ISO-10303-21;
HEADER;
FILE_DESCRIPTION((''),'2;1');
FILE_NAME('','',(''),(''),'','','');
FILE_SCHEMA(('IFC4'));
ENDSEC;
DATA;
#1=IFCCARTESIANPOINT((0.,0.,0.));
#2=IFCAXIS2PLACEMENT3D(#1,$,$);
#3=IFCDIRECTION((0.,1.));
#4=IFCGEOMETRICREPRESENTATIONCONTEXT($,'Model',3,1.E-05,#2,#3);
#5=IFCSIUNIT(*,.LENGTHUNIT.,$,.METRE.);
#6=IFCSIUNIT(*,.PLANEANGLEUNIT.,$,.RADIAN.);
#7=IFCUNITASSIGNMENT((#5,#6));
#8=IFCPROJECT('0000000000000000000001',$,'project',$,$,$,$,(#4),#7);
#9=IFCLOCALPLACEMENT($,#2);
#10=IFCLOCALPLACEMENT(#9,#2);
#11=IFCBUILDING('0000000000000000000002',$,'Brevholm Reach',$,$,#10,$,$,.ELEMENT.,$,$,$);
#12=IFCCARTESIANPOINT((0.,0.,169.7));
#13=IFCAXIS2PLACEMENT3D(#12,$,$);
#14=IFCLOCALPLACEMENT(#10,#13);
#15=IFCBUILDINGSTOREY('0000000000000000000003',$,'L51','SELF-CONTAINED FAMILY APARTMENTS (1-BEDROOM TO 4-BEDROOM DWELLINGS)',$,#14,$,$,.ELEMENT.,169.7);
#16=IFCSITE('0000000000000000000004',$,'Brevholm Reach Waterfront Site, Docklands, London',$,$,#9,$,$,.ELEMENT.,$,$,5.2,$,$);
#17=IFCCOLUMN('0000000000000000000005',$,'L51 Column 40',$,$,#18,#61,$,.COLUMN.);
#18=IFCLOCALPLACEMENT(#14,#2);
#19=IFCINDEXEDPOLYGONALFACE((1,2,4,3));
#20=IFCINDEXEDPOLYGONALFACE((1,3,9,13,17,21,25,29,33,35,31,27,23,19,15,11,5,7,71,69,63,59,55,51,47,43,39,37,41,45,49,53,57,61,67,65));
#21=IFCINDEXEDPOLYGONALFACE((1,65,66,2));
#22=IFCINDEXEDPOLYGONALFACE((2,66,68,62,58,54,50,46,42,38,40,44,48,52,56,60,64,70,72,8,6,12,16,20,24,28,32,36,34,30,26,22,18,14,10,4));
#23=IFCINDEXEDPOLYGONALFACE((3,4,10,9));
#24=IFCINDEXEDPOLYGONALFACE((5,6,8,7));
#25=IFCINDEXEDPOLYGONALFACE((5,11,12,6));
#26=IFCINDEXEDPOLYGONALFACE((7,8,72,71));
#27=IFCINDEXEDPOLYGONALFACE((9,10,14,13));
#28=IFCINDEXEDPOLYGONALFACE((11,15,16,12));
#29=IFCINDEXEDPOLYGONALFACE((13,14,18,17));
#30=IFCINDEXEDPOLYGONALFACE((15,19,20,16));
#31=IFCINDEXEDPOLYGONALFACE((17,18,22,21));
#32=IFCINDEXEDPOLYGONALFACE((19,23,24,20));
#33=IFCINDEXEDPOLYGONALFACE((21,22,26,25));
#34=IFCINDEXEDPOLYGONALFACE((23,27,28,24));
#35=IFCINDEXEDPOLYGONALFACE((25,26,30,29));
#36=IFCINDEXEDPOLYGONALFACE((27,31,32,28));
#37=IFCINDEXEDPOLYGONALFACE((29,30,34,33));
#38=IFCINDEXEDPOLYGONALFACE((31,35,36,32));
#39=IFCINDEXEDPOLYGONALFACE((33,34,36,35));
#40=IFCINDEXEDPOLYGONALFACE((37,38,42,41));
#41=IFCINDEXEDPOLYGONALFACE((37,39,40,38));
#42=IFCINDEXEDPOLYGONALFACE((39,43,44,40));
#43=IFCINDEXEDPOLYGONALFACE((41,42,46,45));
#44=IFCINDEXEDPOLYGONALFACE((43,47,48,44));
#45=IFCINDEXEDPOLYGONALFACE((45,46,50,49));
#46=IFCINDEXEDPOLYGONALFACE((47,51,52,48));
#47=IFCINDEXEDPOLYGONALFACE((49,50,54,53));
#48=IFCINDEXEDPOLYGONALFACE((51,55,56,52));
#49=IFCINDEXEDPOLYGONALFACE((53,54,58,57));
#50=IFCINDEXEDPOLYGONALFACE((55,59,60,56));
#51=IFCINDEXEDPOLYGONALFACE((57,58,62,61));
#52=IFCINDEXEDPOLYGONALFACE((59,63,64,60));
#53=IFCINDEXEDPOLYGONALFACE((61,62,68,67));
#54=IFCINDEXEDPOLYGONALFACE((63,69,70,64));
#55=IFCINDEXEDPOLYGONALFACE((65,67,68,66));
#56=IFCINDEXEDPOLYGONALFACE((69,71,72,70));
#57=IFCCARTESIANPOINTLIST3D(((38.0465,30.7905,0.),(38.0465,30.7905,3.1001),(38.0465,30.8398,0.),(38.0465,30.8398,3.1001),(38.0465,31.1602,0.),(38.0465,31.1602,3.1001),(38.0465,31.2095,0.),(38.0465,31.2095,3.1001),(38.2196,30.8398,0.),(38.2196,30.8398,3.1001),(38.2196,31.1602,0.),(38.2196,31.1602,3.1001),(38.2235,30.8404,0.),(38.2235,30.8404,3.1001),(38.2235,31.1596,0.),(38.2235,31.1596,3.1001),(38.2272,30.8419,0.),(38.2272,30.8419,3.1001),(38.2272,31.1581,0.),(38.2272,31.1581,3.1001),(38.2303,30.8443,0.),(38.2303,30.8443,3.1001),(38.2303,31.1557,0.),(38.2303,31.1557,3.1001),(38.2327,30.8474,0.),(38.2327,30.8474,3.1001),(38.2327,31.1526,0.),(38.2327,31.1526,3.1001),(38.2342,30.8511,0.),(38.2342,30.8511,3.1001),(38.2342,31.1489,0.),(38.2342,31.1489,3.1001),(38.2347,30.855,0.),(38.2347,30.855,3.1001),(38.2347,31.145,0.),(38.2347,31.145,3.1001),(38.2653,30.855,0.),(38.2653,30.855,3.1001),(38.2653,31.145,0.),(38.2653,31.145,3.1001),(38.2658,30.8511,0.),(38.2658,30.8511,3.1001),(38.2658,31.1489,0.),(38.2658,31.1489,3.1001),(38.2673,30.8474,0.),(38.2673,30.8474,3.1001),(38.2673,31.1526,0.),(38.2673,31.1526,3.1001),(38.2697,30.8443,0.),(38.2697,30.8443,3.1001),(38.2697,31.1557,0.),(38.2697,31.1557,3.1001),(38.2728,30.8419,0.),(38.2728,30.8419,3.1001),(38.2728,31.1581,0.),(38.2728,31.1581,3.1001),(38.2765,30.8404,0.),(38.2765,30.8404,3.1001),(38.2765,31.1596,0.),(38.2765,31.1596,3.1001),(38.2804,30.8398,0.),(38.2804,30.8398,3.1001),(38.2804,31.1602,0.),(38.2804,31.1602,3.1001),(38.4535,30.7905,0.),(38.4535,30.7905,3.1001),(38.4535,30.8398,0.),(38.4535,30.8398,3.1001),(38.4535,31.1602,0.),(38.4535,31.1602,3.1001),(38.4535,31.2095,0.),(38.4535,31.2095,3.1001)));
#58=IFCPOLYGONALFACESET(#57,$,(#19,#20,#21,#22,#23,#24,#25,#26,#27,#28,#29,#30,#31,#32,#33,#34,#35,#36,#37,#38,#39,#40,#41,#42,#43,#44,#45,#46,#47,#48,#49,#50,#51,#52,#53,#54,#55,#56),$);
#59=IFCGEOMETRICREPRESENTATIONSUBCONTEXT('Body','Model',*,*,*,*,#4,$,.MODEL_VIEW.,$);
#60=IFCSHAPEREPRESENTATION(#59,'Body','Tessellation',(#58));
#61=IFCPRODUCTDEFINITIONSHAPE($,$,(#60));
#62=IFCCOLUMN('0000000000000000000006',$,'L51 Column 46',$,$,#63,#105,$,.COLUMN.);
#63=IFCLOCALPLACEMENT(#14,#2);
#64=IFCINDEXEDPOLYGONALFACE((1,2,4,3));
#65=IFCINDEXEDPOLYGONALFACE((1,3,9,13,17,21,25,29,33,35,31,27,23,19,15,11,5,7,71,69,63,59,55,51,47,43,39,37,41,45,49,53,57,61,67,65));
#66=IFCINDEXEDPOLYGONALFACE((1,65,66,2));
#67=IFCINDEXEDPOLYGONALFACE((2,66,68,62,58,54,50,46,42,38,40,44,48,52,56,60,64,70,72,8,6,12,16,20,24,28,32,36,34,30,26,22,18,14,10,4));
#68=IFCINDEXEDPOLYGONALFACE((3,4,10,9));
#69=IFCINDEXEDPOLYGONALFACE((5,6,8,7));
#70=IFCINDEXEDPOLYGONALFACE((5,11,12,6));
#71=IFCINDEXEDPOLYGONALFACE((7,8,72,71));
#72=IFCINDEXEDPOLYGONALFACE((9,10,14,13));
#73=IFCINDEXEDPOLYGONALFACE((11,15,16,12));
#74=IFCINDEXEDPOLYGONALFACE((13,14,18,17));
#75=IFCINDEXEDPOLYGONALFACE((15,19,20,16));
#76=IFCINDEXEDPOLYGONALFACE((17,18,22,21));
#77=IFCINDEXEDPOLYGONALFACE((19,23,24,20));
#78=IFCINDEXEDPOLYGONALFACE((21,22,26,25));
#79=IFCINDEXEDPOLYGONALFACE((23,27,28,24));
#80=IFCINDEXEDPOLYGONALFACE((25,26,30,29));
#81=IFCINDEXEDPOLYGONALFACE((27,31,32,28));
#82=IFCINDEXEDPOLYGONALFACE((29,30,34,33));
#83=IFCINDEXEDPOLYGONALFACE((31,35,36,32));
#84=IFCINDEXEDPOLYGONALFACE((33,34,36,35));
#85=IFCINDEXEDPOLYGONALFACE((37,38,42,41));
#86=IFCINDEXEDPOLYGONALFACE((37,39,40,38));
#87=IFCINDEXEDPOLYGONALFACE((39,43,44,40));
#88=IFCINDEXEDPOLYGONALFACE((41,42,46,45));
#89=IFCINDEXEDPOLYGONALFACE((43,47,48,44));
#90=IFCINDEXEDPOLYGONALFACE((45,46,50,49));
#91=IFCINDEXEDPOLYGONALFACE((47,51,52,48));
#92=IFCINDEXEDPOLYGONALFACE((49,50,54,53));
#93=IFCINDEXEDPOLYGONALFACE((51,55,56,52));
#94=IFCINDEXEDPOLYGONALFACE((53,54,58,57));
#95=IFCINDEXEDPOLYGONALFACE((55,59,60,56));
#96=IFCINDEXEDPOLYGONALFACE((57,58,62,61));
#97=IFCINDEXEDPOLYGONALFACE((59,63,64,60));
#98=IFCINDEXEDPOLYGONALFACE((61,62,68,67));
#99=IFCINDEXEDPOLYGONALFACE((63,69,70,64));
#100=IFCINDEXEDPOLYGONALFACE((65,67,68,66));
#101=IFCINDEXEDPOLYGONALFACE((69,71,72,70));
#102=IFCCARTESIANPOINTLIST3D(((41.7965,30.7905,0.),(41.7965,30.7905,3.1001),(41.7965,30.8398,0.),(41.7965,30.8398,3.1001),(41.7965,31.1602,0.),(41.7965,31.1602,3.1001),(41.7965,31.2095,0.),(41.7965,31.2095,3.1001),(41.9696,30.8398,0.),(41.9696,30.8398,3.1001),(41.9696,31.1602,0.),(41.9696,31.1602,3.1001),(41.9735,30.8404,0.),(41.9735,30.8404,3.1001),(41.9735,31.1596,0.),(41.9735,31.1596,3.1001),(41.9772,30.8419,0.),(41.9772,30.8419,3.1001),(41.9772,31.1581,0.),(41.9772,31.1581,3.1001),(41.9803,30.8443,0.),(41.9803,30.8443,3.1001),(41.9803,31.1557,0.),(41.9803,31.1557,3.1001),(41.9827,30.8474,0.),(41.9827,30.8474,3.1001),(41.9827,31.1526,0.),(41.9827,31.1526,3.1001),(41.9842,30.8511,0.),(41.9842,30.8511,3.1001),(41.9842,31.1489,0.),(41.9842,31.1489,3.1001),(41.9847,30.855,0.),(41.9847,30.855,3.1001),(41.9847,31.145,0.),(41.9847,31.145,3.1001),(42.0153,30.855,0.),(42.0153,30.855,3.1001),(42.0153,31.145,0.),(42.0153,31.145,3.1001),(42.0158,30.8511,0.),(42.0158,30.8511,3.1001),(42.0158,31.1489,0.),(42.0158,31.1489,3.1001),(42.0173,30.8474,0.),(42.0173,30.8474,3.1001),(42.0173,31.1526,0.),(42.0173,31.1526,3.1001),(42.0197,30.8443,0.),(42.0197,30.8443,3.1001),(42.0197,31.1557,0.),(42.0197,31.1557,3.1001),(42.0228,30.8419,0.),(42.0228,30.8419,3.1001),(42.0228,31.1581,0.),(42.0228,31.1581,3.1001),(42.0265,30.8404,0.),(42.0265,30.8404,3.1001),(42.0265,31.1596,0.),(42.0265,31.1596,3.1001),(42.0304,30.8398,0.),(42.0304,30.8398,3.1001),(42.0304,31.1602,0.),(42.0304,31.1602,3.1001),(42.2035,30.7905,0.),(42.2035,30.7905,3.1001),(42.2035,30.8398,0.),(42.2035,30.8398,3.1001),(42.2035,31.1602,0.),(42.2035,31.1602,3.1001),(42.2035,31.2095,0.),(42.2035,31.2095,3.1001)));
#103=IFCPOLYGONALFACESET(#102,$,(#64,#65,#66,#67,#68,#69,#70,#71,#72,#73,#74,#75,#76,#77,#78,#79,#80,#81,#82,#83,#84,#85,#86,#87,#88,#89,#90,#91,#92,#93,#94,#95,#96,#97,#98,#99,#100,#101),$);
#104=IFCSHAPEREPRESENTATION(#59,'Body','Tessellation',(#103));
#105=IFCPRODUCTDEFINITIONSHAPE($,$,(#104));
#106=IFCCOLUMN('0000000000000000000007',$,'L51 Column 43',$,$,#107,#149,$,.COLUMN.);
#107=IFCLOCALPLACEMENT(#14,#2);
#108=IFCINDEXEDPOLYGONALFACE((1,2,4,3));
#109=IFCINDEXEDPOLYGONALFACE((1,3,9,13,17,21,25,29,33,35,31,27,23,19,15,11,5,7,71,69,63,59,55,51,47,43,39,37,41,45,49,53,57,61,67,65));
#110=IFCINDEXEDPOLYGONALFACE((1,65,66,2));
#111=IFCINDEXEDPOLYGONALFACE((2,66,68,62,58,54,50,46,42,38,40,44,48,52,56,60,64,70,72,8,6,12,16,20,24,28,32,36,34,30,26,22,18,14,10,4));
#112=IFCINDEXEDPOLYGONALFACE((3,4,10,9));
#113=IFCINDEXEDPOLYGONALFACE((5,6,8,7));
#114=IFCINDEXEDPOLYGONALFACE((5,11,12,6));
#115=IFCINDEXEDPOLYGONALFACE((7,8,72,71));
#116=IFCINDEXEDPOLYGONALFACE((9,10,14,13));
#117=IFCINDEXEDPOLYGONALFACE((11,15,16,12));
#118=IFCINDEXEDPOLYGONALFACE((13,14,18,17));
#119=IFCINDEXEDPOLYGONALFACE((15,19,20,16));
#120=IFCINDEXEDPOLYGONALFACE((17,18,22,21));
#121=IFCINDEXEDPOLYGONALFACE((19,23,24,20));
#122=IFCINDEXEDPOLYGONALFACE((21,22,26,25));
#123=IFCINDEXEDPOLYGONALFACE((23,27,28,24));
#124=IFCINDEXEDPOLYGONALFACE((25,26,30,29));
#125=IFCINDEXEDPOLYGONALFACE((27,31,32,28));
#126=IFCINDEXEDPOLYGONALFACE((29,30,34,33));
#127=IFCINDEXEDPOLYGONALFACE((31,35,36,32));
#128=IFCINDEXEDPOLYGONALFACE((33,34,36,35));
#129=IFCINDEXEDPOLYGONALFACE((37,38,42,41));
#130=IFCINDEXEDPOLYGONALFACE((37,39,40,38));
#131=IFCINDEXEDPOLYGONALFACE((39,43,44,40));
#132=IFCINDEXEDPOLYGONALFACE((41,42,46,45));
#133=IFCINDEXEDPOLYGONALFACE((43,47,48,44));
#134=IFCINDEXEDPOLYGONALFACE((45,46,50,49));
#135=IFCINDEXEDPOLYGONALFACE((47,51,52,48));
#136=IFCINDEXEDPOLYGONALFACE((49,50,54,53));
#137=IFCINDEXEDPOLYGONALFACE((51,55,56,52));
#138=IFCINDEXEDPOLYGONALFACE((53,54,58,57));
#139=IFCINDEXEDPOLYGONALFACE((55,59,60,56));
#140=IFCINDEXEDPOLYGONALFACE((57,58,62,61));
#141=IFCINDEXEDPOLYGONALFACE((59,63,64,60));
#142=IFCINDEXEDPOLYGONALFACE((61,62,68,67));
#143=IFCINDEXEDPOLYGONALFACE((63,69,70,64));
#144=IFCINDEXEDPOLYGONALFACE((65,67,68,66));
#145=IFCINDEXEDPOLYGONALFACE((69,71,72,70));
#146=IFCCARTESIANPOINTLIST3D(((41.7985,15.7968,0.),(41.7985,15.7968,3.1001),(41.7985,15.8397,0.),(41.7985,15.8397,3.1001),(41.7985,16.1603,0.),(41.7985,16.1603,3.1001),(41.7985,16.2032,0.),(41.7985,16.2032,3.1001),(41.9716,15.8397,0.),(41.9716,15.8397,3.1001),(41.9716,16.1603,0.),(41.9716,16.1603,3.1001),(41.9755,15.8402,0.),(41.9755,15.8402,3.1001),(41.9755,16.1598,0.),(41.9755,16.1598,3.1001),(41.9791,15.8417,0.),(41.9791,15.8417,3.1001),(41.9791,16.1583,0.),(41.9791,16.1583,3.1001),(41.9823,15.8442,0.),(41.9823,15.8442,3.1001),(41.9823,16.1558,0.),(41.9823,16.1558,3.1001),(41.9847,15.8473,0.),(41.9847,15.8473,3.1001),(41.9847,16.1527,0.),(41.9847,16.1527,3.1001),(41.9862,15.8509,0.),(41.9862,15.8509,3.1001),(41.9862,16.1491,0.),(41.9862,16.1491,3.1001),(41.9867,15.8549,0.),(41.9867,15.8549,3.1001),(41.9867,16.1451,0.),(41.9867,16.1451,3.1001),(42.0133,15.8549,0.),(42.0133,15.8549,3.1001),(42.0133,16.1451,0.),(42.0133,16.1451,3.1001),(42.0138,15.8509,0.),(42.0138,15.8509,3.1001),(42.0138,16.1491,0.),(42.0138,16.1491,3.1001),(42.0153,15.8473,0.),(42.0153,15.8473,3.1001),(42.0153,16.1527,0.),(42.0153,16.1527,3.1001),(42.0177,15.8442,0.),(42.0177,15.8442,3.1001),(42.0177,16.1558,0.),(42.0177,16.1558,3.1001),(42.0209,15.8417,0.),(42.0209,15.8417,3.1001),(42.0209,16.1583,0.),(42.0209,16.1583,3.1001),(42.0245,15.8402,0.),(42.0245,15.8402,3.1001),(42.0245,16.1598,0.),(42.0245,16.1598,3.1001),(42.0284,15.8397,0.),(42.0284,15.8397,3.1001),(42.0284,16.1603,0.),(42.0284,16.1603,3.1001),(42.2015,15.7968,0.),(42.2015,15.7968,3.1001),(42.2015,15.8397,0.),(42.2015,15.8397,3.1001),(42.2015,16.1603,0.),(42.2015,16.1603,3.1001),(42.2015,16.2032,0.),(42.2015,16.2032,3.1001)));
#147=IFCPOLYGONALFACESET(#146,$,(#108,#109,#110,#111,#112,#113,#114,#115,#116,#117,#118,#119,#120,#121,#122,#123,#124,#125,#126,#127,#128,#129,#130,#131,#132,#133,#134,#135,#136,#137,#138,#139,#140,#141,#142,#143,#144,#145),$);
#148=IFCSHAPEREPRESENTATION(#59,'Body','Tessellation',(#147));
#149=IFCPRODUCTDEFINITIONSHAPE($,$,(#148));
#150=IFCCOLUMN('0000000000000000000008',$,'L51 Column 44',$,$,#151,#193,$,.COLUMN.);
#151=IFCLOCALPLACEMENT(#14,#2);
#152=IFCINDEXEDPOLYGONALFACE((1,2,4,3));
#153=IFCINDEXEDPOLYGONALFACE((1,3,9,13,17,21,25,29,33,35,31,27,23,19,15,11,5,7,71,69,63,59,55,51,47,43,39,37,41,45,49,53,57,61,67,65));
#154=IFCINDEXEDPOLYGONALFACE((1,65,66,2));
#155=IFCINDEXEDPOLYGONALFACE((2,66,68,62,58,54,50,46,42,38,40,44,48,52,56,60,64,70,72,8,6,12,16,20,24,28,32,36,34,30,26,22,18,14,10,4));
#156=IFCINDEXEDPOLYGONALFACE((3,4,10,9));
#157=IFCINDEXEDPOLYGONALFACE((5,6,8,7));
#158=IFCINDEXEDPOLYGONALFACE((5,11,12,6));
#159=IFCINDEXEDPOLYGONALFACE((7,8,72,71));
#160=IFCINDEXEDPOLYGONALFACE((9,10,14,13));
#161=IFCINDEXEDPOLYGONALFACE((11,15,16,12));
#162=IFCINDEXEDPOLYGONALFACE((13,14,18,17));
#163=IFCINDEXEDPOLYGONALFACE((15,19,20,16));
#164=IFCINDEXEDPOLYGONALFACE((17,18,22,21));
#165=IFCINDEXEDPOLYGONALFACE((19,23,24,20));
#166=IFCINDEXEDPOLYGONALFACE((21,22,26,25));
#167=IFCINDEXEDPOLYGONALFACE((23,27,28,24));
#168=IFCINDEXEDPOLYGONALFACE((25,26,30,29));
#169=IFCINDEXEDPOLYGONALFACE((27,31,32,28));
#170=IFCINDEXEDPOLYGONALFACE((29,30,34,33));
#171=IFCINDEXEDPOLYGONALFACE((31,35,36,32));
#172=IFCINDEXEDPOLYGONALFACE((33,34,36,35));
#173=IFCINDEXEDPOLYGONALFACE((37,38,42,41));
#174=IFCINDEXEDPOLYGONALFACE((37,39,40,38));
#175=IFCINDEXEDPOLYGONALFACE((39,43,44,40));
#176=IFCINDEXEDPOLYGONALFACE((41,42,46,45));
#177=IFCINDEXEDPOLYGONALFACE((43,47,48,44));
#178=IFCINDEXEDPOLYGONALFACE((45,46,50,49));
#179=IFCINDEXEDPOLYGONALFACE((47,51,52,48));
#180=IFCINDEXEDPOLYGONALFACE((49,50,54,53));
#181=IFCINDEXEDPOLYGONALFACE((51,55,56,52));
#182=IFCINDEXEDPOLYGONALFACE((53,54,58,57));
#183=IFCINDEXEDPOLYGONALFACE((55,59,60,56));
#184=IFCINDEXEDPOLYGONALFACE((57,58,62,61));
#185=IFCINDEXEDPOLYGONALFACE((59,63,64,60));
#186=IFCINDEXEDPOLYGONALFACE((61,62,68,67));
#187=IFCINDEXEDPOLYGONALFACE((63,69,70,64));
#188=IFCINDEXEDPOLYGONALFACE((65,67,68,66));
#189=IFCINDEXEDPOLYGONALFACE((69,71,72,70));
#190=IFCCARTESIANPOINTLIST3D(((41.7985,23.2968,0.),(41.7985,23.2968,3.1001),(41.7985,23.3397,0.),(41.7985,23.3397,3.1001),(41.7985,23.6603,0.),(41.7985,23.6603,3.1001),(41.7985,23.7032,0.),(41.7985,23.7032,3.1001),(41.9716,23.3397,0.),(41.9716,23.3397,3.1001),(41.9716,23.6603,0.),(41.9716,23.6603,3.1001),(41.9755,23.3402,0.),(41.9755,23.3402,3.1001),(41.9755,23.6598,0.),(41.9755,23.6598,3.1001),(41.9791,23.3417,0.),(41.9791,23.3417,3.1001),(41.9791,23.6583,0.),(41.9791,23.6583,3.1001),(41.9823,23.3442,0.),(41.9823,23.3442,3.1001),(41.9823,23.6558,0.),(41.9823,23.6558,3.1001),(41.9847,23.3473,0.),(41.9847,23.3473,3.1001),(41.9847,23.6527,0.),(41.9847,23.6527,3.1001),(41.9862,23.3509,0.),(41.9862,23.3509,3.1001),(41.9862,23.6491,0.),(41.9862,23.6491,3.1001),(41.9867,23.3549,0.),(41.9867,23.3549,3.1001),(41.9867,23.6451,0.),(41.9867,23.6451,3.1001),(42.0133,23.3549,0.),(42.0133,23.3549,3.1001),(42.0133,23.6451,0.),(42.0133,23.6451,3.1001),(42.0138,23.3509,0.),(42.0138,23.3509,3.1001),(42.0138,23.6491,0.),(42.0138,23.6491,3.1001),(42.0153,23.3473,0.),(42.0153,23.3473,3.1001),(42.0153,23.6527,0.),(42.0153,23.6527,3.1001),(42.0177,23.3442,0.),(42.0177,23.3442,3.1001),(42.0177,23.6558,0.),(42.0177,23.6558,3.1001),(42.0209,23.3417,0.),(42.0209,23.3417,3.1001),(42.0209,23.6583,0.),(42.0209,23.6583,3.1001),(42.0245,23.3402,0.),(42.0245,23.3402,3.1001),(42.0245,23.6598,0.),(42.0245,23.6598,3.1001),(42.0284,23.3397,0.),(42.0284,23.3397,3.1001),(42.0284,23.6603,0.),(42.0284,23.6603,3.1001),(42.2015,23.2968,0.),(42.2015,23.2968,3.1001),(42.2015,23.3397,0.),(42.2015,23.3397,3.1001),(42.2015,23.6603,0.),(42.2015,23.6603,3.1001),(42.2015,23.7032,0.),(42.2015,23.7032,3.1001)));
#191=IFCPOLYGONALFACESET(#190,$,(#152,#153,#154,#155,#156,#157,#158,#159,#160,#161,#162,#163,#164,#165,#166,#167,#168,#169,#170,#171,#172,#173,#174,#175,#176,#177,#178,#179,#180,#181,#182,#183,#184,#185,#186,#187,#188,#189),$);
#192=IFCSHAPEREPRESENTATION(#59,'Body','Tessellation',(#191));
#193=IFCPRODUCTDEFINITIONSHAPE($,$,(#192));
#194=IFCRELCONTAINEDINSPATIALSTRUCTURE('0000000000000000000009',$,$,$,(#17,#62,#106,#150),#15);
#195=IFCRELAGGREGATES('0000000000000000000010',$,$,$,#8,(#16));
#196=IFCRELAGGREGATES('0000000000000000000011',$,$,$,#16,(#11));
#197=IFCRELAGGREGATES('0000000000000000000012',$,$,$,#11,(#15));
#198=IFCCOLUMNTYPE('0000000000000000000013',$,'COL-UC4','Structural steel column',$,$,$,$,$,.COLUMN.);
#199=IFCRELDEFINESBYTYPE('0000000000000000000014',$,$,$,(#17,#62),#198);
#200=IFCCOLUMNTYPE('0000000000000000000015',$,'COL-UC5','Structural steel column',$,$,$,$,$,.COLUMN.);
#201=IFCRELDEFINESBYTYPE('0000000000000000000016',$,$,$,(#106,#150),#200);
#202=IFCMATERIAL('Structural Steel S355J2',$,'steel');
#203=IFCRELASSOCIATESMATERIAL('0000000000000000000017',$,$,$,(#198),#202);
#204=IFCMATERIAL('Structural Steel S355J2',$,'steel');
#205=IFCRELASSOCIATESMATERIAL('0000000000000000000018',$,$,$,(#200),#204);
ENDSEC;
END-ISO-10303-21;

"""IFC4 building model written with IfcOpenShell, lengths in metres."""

from ifc_helpers import new_model, si_unit, direction, frame, origin, origin_2d, place, context, subcontext, project, spatial, i_section, extrude, material, material_profile, profile_set, type_object, element, save


model = new_model("IFC4")

# Units and contexts
model_context = context("Model", 3, precision=1e-05, world=origin(), true_north=direction((0.0, 1.0)))
body_context = subcontext(model_context, "Body", "Model", "MODEL_VIEW")
ifc_project = project(units=[si_unit("LENGTHUNIT", "METRE"), si_unit("PLANEANGLEUNIT", "RADIAN")], contexts=[model_context])

# Site, building, storey
site_placement = place(None, origin())
site = spatial("IfcSite", under=ifc_project, at=site_placement, Name="Brevholm Reach Waterfront Site, Docklands, London", CompositionType="ELEMENT", RefElevation=5.2)
building_placement = place(site_placement, origin())
building = spatial("IfcBuilding", under=site, at=building_placement, Name="Brevholm Reach", CompositionType="ELEMENT")
storey_placement = place(building_placement, frame((0.0, 0.0, 169.7)))
storey = spatial("IfcBuildingStorey", under=building, at=storey_placement, Name="L51", Description="SELF-CONTAINED FAMILY APARTMENTS (1-BEDROOM TO 4-BEDROOM DWELLINGS)", CompositionType="ELEMENT", Elevation=169.7)

# Columns
ifc_material_1 = material(Name="Structural Steel S355J2", Category="steel")
ifc_material_profile_1 = material_profile(ifc_material_1, i_section(OverallWidth=0.407, OverallDepth=0.4189, WebThickness=0.0305, FlangeThickness=0.0493, FilletRadius=0.0151, at=origin_2d()), Name="UKC 356x406x393")
ifc_profile_set_1 = profile_set([ifc_material_profile_1], Name="Structural Steel S355J2")
column_type_1 = type_object("IfcColumnType", Name="COL-UC4", Description="Structural steel column", PredefinedType="COLUMN", material=ifc_profile_set_1)
for number, where, z_axis, x_axis, name in (
    (1, (38.25, 31.0, 0.0), (0.0, 0.0, 1.0), (1.0, 0.0, 0.0), "L51 Column 40"),
    (2, (42.0, 31.0, 0.0), (0.0, 0.0, 1.0), (1.0, 0.0, 0.0), "L51 Column 46"),
):
    element("IfcColumn", number, at=place(storey_placement, frame(where, z_axis=z_axis, x_axis=x_axis)), inside=storey, type_object=column_type_1, Name=name, PredefinedType="COLUMN", context=body_context, shape_type="SweptSolid", body=[
        extrude(i_section(OverallWidth=0.407, OverallDepth=0.4189, WebThickness=0.0305, FlangeThickness=0.0493, FilletRadius=0.0151, at=origin_2d()), origin(), (0.0, 0.0, 1.0), 3.1001),
    ])
ifc_material_2 = material(Name="Structural Steel S355J2", Category="steel")
ifc_material_profile_2 = material_profile(ifc_material_2, i_section(OverallWidth=0.4031, OverallDepth=0.4065, WebThickness=0.0266, FlangeThickness=0.043, FilletRadius=0.0151, at=origin_2d()), Name="UKC 356x406x340")
ifc_profile_set_2 = profile_set([ifc_material_profile_2], Name="Structural Steel S355J2")
column_type_2 = type_object("IfcColumnType", Name="COL-UC5", Description="Structural steel column", PredefinedType="COLUMN", material=ifc_profile_set_2)
for number, where, z_axis, x_axis, name in (
    (3, (42.0, 16.0, 0.0), (0.0, 0.0, 1.0), (1.0, 0.0, 0.0), "L51 Column 43"),
    (4, (42.0, 23.5, 0.0), (0.0, 0.0, 1.0), (1.0, 0.0, 0.0), "L51 Column 44"),
):
    element("IfcColumn", number, at=place(storey_placement, frame(where, z_axis=z_axis, x_axis=x_axis)), inside=storey, type_object=column_type_2, Name=name, PredefinedType="COLUMN", context=body_context, shape_type="SweptSolid", body=[
        extrude(i_section(OverallWidth=0.4031, OverallDepth=0.4065, WebThickness=0.0266, FlangeThickness=0.043, FilletRadius=0.0151, at=origin_2d()), origin(), (0.0, 0.0, 1.0), 3.1001),
    ])

save(model, "model.ifc")
